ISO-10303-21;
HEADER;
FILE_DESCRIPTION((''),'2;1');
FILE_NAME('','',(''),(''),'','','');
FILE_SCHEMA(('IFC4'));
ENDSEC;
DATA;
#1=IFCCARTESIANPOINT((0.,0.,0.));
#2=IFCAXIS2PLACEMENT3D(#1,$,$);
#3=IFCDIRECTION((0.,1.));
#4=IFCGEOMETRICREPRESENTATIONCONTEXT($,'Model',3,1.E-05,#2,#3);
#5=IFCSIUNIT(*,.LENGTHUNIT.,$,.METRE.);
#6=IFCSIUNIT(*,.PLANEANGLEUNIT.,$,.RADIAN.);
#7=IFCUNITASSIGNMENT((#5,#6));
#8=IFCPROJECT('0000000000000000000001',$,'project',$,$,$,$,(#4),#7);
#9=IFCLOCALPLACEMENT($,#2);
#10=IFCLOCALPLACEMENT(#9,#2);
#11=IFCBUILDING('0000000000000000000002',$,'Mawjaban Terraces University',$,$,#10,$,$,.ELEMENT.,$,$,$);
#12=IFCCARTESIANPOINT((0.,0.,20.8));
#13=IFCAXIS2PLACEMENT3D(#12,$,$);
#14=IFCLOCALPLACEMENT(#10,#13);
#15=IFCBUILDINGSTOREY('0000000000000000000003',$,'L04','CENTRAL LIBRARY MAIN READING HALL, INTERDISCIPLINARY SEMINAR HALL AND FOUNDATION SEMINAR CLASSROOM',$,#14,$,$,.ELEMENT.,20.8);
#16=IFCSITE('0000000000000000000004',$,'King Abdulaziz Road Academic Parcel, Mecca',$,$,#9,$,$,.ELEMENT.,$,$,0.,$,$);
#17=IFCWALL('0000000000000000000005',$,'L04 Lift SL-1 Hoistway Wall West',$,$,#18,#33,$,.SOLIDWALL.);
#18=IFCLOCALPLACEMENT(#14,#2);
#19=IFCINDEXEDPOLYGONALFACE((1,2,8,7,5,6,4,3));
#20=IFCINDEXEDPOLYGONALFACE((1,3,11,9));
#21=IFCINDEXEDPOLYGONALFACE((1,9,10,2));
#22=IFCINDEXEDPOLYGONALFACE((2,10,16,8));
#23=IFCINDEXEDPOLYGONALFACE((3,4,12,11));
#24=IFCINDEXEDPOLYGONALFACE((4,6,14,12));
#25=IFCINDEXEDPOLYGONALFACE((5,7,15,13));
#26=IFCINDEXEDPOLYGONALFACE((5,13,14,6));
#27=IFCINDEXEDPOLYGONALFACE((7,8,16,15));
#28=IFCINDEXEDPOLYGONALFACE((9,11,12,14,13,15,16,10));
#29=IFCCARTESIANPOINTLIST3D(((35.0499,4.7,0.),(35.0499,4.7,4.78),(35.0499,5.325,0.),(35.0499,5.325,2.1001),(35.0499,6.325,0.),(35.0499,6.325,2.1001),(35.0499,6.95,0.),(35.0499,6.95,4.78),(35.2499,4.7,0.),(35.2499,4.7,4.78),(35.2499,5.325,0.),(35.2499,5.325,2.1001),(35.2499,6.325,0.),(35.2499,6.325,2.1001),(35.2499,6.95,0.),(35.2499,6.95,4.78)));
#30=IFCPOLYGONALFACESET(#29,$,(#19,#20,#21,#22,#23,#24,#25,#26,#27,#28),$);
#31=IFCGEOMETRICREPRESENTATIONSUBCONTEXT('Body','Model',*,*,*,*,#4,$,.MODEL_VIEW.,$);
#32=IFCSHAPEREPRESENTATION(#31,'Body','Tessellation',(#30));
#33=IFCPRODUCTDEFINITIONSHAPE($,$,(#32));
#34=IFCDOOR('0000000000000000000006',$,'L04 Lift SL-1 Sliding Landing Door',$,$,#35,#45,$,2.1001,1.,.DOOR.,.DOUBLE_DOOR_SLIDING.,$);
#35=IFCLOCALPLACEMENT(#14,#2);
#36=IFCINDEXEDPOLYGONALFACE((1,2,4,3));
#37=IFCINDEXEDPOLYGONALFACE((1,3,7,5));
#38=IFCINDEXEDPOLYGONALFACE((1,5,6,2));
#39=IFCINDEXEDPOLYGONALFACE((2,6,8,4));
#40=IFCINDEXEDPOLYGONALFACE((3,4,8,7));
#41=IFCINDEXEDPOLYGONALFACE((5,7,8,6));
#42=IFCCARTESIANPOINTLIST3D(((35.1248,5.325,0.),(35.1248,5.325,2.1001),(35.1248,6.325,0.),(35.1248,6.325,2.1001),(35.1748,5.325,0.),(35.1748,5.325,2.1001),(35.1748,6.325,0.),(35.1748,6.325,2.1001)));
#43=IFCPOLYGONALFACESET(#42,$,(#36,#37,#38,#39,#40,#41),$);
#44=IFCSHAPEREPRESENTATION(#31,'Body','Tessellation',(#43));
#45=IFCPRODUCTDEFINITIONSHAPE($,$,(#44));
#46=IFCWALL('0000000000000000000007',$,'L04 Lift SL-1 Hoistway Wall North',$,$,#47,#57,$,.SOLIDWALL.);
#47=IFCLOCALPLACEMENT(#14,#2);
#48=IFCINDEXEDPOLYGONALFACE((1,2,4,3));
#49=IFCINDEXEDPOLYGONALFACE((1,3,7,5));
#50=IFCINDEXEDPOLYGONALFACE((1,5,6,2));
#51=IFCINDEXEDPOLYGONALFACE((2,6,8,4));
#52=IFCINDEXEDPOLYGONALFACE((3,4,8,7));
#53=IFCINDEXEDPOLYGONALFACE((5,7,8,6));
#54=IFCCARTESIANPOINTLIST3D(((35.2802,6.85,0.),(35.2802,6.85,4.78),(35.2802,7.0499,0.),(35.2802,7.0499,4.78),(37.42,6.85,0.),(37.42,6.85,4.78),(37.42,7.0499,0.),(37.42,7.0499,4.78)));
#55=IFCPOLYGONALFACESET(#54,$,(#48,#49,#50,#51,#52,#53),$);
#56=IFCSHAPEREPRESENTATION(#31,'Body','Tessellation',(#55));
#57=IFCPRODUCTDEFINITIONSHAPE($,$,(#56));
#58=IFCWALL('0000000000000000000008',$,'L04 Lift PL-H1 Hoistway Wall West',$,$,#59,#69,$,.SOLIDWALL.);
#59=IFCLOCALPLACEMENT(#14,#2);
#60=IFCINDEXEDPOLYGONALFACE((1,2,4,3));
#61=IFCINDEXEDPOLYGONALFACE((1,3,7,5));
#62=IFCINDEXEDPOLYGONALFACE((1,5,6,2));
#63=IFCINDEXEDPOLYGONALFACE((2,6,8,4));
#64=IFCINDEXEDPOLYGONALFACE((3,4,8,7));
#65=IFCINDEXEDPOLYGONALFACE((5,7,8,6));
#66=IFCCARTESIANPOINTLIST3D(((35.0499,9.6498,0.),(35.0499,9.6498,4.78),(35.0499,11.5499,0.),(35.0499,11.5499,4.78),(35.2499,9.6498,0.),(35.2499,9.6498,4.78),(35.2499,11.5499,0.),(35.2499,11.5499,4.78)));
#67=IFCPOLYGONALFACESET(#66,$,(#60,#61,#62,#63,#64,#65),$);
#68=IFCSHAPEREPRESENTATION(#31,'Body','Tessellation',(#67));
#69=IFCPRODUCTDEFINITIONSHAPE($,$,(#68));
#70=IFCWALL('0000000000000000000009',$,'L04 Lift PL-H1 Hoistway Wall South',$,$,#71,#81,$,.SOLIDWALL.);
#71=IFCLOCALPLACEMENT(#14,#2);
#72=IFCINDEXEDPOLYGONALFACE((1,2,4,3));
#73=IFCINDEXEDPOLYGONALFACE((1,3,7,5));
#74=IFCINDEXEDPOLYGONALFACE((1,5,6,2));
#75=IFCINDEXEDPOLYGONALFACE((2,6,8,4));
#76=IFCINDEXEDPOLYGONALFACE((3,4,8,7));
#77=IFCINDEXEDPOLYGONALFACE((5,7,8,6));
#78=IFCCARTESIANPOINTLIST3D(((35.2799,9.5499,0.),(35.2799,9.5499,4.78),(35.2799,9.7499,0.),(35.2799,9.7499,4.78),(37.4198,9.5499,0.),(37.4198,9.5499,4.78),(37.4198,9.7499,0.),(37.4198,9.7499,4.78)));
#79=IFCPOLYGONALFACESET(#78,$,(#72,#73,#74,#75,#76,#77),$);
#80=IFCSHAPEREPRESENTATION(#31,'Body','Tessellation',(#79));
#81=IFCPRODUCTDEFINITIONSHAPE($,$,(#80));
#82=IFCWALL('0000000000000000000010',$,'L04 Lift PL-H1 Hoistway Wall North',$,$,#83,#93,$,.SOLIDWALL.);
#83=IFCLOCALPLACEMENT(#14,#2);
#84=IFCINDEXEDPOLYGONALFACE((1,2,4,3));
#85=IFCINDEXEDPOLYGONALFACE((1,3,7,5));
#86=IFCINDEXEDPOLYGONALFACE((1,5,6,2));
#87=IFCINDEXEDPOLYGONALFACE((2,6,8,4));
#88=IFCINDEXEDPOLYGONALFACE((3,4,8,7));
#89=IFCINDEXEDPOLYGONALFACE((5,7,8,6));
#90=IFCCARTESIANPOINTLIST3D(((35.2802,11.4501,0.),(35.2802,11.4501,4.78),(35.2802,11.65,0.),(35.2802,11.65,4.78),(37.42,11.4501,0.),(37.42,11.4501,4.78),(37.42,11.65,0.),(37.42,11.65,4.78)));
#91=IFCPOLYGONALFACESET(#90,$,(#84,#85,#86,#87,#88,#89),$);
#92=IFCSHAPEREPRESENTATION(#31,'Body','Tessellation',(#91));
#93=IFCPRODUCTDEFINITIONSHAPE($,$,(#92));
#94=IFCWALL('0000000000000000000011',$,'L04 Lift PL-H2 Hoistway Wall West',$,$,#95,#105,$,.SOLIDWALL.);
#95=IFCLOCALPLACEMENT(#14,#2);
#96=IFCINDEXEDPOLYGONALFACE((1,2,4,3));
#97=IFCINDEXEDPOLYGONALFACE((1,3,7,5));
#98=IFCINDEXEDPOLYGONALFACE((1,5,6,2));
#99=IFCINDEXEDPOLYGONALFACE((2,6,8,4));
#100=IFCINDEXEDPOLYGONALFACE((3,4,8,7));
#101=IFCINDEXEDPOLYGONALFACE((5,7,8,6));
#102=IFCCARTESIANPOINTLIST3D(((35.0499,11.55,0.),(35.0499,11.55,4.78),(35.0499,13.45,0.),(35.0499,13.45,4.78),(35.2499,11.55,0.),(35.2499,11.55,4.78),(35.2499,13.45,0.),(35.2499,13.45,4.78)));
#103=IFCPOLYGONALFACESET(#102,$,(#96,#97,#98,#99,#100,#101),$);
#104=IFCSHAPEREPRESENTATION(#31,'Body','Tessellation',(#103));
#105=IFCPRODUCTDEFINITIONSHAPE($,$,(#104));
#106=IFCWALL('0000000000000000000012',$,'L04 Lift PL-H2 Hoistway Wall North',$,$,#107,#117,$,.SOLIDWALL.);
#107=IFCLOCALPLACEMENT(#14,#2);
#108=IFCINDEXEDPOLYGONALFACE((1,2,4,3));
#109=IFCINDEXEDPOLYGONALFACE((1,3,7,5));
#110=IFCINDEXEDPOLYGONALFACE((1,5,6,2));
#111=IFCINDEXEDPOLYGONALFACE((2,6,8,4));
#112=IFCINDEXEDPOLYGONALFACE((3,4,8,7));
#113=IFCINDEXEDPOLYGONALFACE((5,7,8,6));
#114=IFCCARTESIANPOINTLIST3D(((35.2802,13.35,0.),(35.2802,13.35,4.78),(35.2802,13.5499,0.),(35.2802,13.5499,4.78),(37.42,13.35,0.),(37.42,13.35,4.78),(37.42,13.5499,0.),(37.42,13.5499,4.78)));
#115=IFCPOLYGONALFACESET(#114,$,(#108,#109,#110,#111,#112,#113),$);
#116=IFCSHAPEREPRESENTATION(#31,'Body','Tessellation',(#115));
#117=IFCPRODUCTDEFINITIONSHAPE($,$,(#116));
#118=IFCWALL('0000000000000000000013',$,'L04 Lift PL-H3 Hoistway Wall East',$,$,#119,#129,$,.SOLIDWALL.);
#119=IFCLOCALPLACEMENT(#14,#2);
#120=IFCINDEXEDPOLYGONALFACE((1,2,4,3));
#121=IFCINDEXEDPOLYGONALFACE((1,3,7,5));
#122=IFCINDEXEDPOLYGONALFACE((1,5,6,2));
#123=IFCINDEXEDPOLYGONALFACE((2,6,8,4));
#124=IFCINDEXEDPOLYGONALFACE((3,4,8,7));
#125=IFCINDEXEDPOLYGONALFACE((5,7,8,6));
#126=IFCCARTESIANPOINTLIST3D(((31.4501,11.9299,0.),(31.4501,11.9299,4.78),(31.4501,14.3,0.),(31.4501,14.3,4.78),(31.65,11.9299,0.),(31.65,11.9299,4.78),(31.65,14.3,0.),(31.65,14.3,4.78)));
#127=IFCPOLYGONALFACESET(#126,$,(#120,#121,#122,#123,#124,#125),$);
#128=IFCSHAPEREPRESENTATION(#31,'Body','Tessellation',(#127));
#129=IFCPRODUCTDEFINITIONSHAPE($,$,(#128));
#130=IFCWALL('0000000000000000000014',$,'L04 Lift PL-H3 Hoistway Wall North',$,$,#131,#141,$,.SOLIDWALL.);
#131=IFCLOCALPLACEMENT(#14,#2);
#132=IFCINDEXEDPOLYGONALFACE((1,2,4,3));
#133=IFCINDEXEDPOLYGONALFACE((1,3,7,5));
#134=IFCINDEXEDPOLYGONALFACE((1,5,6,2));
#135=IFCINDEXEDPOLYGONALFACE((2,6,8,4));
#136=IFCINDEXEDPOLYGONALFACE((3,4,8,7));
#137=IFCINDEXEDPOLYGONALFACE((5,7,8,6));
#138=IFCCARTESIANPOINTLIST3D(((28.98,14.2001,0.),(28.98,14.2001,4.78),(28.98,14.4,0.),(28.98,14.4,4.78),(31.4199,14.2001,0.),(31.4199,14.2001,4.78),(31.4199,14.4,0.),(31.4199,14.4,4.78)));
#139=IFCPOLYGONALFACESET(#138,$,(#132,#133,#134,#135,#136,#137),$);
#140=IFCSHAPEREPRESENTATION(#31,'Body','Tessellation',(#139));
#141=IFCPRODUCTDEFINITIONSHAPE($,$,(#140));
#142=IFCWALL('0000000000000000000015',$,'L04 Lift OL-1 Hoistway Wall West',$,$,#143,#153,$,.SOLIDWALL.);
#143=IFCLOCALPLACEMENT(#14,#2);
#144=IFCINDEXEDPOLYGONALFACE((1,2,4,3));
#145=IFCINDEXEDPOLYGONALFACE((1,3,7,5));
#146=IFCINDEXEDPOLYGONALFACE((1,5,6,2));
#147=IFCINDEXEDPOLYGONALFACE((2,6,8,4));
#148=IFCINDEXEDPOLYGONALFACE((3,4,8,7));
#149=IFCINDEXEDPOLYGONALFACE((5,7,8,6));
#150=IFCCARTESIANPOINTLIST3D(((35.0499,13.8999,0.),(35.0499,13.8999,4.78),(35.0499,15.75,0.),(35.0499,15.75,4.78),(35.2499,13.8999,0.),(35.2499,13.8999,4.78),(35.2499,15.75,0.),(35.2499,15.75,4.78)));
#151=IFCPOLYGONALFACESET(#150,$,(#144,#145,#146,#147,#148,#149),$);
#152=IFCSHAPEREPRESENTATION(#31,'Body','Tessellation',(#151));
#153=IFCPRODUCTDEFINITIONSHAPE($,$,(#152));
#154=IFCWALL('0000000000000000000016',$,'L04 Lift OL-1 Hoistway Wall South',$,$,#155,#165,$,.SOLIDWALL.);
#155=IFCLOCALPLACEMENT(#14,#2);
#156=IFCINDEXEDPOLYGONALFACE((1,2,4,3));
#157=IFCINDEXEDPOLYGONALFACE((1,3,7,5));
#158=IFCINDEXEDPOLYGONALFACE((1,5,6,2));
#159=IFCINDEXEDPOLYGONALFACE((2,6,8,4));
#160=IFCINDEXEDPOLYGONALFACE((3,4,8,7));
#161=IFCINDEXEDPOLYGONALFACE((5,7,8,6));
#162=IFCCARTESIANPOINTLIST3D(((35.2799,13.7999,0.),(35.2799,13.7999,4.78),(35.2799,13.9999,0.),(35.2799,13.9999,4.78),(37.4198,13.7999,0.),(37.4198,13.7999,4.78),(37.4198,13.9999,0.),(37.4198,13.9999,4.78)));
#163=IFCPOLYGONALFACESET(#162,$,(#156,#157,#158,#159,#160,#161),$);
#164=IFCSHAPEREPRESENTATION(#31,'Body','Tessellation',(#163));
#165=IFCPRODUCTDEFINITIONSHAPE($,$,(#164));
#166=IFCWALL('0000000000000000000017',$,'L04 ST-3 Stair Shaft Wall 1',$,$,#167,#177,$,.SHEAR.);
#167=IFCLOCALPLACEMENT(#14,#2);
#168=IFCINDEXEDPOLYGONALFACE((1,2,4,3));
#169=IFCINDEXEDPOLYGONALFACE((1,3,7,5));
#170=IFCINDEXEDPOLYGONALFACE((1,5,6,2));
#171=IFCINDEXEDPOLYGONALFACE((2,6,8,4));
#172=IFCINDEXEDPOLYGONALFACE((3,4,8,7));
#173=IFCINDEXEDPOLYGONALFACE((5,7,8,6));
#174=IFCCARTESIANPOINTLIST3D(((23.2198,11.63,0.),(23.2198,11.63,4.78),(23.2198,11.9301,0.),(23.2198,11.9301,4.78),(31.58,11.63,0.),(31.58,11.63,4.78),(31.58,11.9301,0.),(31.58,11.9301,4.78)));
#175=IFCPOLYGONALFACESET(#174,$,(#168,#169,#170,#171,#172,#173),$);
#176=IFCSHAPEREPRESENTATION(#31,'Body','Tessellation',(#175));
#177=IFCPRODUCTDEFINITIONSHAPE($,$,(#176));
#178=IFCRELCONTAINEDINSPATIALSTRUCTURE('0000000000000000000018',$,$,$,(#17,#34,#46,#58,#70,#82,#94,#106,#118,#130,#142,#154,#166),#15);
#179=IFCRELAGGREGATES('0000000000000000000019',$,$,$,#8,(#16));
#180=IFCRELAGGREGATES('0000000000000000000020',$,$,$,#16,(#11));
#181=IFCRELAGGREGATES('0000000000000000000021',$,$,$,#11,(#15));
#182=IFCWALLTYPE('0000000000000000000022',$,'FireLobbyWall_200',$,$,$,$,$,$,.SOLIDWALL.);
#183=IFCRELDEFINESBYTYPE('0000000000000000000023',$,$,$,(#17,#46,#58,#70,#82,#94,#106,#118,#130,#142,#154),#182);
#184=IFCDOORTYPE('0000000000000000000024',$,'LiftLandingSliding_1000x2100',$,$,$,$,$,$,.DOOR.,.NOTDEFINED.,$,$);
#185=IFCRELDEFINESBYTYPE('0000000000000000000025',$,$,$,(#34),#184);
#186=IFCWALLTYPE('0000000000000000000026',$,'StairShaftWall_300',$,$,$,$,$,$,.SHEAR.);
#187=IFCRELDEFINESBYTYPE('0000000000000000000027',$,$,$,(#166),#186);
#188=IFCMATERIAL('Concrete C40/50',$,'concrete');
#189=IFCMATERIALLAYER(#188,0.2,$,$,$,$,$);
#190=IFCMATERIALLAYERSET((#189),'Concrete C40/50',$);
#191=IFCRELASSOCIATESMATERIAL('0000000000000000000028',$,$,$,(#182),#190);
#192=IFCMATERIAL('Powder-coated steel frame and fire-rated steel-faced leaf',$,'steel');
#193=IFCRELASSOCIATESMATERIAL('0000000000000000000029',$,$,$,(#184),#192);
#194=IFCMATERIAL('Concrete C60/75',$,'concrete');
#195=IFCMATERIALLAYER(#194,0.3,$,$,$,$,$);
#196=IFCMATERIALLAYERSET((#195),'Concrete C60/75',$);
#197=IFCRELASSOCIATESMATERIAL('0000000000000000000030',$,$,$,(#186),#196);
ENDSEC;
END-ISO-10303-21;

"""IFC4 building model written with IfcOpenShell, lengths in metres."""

from ifc_helpers import new_model, si_unit, direction, frame, frame_2d, origin, place, context, subcontext, project, spatial, rectangle, extrude, material, layer, layer_set, type_object, element, fill, save


model = new_model("IFC4")

# Units and contexts
model_context = context("Model", 3, precision=1e-05, world=origin(), true_north=direction((0.0, 1.0)))
body_context = subcontext(model_context, "Body", "Model", "MODEL_VIEW")
ifc_project = project(units=[si_unit("LENGTHUNIT", "METRE"), si_unit("PLANEANGLEUNIT", "RADIAN")], contexts=[model_context])

# Site, building, storey
site_placement = place(None, origin())
site = spatial("IfcSite", under=ifc_project, at=site_placement, Name="King Abdulaziz Road Academic Parcel, Mecca", CompositionType="ELEMENT", RefElevation=0.0)
building_placement = place(site_placement, origin())
building = spatial("IfcBuilding", under=site, at=building_placement, Name="Mawjaban Terraces University", CompositionType="ELEMENT")
storey_placement = place(building_placement, frame((0.0, 0.0, 20.8)))
storey = spatial("IfcBuildingStorey", under=building, at=storey_placement, Name="L04", Description="CENTRAL LIBRARY MAIN READING HALL, INTERDISCIPLINARY SEMINAR HALL AND FOUNDATION SEMINAR CLASSROOM", CompositionType="ELEMENT", Elevation=20.8)

# Wall, opening, door
ifc_material_1 = material(Name="Concrete C40/50", Category="concrete")
ifc_layer_1 = layer(ifc_material_1, 0.2)
ifc_layer_set_1 = layer_set([ifc_layer_1], Name="Concrete C40/50")
wall_type_1 = type_object("IfcWallType", Name="FireLobbyWall_200", PredefinedType="SOLIDWALL", material=ifc_layer_set_1)
wall_1_placement = place(storey_placement, frame((35.1499, 6.95, 0.0), z_axis=(0.0, 0.0, 1.0), x_axis=(0.0, -1.0, 0.0)))
wall_1 = element("IfcWall", 1, at=wall_1_placement, inside=storey, type_object=wall_type_1, Name="L04 Lift SL-1 Hoistway Wall West", PredefinedType="SOLIDWALL", context=body_context, shape_type="SweptSolid", body=[
    extrude(rectangle(XDim=2.25, YDim=0.2, at=frame_2d((1.125, 0.0))), origin(), (0.0, 0.0, 1.0), 4.78),
])
opening_1_placement = place(wall_1_placement, frame((0.625, 0.0, 0.0)))
opening_1 = element("IfcOpeningElement", 2, at=opening_1_placement, cuts=wall_1, PredefinedType="OPENING", context=body_context, shape_type="SweptSolid", body=[
    extrude(rectangle(XDim=1.0, YDim=2.1001, at=frame_2d((0.5, 1.05))), frame((0.0, 0.1099, 0.0), z_axis=(0.0, -1.0, 0.0), x_axis=(1.0, 0.0, 0.0)), (0.0, 0.0, 1.0), 0.22),
])
ifc_material_2 = material(Name="Powder-coated steel frame and fire-rated steel-faced leaf", Category="steel")
door_type_1 = type_object("IfcDoorType", Name="LiftLandingSliding_1000x2100", OperationType="NOTDEFINED", PredefinedType="DOOR", material=ifc_material_2)
door_1_placement = place(opening_1_placement, origin())
door_1 = element("IfcDoor", 3, at=door_1_placement, inside=storey, type_object=door_type_1, Name="L04 Lift SL-1 Sliding Landing Door", OperationType="DOUBLE_DOOR_SLIDING", OverallHeight=2.1001, OverallWidth=1.0, PredefinedType="DOOR", context=body_context, shape_type="SweptSolid", body=[
    extrude(rectangle(XDim=1.0, YDim=2.1001, at=frame_2d((0.5, 1.05))), frame((0.0, 0.0249, 0.0), z_axis=(0.0, -1.0, 0.0), x_axis=(1.0, 0.0, 0.0)), (0.0, 0.0, 1.0), 0.05),
])
fill(opening_1, door_1)

# Walls
wall_2_placement = place(storey_placement, frame((37.4199, 6.95, 0.0), z_axis=(0.0, 0.0, 1.0), x_axis=(-1.0, 0.0, 0.0)))
element("IfcWall", 4, at=wall_2_placement, inside=storey, type_object=wall_type_1, Name="L04 Lift SL-1 Hoistway Wall North", PredefinedType="SOLIDWALL", context=body_context, shape_type="SweptSolid", body=[
    extrude(rectangle(XDim=2.1399, YDim=0.2, at=frame_2d((1.0698, 0.0))), origin(), (0.0, 0.0, 1.0), 4.78),
])
wall_3_placement = place(storey_placement, frame((35.1499, 11.55, 0.0), z_axis=(0.0, 0.0, 1.0), x_axis=(0.0, -1.0, 0.0)))
element("IfcWall", 5, at=wall_3_placement, inside=storey, type_object=wall_type_1, Name="L04 Lift PL-H1 Hoistway Wall West", PredefinedType="SOLIDWALL", context=body_context, shape_type="SweptSolid", body=[
    extrude(rectangle(XDim=1.9001, YDim=0.2, at=frame_2d((0.9502, 0.0))), origin(), (0.0, 0.0, 1.0), 4.78),
])
for number, where, z_axis, x_axis, name in (
    (6, (35.28, 9.6499, 0.0), (0.0, 0.0, 1.0), (1.0, 0.0, 0.0), "L04 Lift PL-H1 Hoistway Wall South"),
    (7, (37.4199, 11.55, 0.0), (0.0, 0.0, 1.0), (-1.0, 0.0, 0.0), "L04 Lift PL-H1 Hoistway Wall North"),
):
    element("IfcWall", number, at=place(storey_placement, frame(where, z_axis=z_axis, x_axis=x_axis)), inside=storey, type_object=wall_type_1, Name=name, PredefinedType="SOLIDWALL", context=body_context, shape_type="SweptSolid", body=[
        extrude(rectangle(XDim=2.1399, YDim=0.2, at=frame_2d((1.0698, 0.0))), origin(), (0.0, 0.0, 1.0), 4.78),
    ])
wall_4_placement = place(storey_placement, frame((35.1499, 13.45, 0.0), z_axis=(0.0, 0.0, 1.0), x_axis=(0.0, -1.0, 0.0)))
element("IfcWall", 8, at=wall_4_placement, inside=storey, type_object=wall_type_1, Name="L04 Lift PL-H2 Hoistway Wall West", PredefinedType="SOLIDWALL", context=body_context, shape_type="SweptSolid", body=[
    extrude(rectangle(XDim=1.8999, YDim=0.2, at=frame_2d((0.95, 0.0))), origin(), (0.0, 0.0, 1.0), 4.78),
])
wall_5_placement = place(storey_placement, frame((37.4199, 13.45, 0.0), z_axis=(0.0, 0.0, 1.0), x_axis=(-1.0, 0.0, 0.0)))
element("IfcWall", 9, at=wall_5_placement, inside=storey, type_object=wall_type_1, Name="L04 Lift PL-H2 Hoistway Wall North", PredefinedType="SOLIDWALL", context=body_context, shape_type="SweptSolid", body=[
    extrude(rectangle(XDim=2.1399, YDim=0.2, at=frame_2d((1.0698, 0.0))), origin(), (0.0, 0.0, 1.0), 4.78),
])
wall_6_placement = place(storey_placement, frame((31.55, 11.9299, 0.0), z_axis=(0.0, 0.0, 1.0), x_axis=(0.0, 1.0, 0.0)))
element("IfcWall", 10, at=wall_6_placement, inside=storey, type_object=wall_type_1, Name="L04 Lift PL-H3 Hoistway Wall East", PredefinedType="SOLIDWALL", context=body_context, shape_type="SweptSolid", body=[
    extrude(rectangle(XDim=2.3701, YDim=0.2, at=frame_2d((1.1851, 0.0))), origin(), (0.0, 0.0, 1.0), 4.78),
])
wall_7_placement = place(storey_placement, frame((31.4199, 14.3, 0.0), z_axis=(0.0, 0.0, 1.0), x_axis=(-1.0, 0.0, 0.0)))
element("IfcWall", 11, at=wall_7_placement, inside=storey, type_object=wall_type_1, Name="L04 Lift PL-H3 Hoistway Wall North", PredefinedType="SOLIDWALL", context=body_context, shape_type="SweptSolid", body=[
    extrude(rectangle(XDim=2.4399, YDim=0.2, at=frame_2d((1.22, 0.0))), origin(), (0.0, 0.0, 1.0), 4.78),
])
wall_8_placement = place(storey_placement, frame((35.1499, 15.75, 0.0), z_axis=(0.0, 0.0, 1.0), x_axis=(0.0, -1.0, 0.0)))
element("IfcWall", 12, at=wall_8_placement, inside=storey, type_object=wall_type_1, Name="L04 Lift OL-1 Hoistway Wall West", PredefinedType="SOLIDWALL", context=body_context, shape_type="SweptSolid", body=[
    extrude(rectangle(XDim=1.8501, YDim=0.2, at=frame_2d((0.925, 0.0))), origin(), (0.0, 0.0, 1.0), 4.78),
])
wall_9_placement = place(storey_placement, frame((35.28, 13.8999, 0.0), z_axis=(0.0, 0.0, 1.0), x_axis=(1.0, 0.0, 0.0)))
element("IfcWall", 13, at=wall_9_placement, inside=storey, type_object=wall_type_1, Name="L04 Lift OL-1 Hoistway Wall South", PredefinedType="SOLIDWALL", context=body_context, shape_type="SweptSolid", body=[
    extrude(rectangle(XDim=2.1399, YDim=0.2, at=frame_2d((1.0698, 0.0))), origin(), (0.0, 0.0, 1.0), 4.78),
])

# Shared definitions
ifc_material_3 = material(Name="Concrete C60/75", Category="concrete")
ifc_layer_2 = layer(ifc_material_3, 0.3)
ifc_layer_set_2 = layer_set([ifc_layer_2], Name="Concrete C60/75")
wall_type_2 = type_object("IfcWallType", Name="StairShaftWall_300", PredefinedType="SHEAR", material=ifc_layer_set_2)

# Wall
wall_10_placement = place(storey_placement, frame((31.5801, 11.78, 0.0), z_axis=(0.0, 0.0, 1.0), x_axis=(-1.0, 0.0, 0.0)))
element("IfcWall", 14, at=wall_10_placement, inside=storey, type_object=wall_type_2, Name="L04 ST-3 Stair Shaft Wall 1", PredefinedType="SHEAR", context=body_context, shape_type="SweptSolid", body=[
    extrude(rectangle(XDim=8.3601, YDim=0.3, at=frame_2d((4.1802, 0.0))), origin(), (0.0, 0.0, 1.0), 4.78),
])

save(model, "model.ifc")
